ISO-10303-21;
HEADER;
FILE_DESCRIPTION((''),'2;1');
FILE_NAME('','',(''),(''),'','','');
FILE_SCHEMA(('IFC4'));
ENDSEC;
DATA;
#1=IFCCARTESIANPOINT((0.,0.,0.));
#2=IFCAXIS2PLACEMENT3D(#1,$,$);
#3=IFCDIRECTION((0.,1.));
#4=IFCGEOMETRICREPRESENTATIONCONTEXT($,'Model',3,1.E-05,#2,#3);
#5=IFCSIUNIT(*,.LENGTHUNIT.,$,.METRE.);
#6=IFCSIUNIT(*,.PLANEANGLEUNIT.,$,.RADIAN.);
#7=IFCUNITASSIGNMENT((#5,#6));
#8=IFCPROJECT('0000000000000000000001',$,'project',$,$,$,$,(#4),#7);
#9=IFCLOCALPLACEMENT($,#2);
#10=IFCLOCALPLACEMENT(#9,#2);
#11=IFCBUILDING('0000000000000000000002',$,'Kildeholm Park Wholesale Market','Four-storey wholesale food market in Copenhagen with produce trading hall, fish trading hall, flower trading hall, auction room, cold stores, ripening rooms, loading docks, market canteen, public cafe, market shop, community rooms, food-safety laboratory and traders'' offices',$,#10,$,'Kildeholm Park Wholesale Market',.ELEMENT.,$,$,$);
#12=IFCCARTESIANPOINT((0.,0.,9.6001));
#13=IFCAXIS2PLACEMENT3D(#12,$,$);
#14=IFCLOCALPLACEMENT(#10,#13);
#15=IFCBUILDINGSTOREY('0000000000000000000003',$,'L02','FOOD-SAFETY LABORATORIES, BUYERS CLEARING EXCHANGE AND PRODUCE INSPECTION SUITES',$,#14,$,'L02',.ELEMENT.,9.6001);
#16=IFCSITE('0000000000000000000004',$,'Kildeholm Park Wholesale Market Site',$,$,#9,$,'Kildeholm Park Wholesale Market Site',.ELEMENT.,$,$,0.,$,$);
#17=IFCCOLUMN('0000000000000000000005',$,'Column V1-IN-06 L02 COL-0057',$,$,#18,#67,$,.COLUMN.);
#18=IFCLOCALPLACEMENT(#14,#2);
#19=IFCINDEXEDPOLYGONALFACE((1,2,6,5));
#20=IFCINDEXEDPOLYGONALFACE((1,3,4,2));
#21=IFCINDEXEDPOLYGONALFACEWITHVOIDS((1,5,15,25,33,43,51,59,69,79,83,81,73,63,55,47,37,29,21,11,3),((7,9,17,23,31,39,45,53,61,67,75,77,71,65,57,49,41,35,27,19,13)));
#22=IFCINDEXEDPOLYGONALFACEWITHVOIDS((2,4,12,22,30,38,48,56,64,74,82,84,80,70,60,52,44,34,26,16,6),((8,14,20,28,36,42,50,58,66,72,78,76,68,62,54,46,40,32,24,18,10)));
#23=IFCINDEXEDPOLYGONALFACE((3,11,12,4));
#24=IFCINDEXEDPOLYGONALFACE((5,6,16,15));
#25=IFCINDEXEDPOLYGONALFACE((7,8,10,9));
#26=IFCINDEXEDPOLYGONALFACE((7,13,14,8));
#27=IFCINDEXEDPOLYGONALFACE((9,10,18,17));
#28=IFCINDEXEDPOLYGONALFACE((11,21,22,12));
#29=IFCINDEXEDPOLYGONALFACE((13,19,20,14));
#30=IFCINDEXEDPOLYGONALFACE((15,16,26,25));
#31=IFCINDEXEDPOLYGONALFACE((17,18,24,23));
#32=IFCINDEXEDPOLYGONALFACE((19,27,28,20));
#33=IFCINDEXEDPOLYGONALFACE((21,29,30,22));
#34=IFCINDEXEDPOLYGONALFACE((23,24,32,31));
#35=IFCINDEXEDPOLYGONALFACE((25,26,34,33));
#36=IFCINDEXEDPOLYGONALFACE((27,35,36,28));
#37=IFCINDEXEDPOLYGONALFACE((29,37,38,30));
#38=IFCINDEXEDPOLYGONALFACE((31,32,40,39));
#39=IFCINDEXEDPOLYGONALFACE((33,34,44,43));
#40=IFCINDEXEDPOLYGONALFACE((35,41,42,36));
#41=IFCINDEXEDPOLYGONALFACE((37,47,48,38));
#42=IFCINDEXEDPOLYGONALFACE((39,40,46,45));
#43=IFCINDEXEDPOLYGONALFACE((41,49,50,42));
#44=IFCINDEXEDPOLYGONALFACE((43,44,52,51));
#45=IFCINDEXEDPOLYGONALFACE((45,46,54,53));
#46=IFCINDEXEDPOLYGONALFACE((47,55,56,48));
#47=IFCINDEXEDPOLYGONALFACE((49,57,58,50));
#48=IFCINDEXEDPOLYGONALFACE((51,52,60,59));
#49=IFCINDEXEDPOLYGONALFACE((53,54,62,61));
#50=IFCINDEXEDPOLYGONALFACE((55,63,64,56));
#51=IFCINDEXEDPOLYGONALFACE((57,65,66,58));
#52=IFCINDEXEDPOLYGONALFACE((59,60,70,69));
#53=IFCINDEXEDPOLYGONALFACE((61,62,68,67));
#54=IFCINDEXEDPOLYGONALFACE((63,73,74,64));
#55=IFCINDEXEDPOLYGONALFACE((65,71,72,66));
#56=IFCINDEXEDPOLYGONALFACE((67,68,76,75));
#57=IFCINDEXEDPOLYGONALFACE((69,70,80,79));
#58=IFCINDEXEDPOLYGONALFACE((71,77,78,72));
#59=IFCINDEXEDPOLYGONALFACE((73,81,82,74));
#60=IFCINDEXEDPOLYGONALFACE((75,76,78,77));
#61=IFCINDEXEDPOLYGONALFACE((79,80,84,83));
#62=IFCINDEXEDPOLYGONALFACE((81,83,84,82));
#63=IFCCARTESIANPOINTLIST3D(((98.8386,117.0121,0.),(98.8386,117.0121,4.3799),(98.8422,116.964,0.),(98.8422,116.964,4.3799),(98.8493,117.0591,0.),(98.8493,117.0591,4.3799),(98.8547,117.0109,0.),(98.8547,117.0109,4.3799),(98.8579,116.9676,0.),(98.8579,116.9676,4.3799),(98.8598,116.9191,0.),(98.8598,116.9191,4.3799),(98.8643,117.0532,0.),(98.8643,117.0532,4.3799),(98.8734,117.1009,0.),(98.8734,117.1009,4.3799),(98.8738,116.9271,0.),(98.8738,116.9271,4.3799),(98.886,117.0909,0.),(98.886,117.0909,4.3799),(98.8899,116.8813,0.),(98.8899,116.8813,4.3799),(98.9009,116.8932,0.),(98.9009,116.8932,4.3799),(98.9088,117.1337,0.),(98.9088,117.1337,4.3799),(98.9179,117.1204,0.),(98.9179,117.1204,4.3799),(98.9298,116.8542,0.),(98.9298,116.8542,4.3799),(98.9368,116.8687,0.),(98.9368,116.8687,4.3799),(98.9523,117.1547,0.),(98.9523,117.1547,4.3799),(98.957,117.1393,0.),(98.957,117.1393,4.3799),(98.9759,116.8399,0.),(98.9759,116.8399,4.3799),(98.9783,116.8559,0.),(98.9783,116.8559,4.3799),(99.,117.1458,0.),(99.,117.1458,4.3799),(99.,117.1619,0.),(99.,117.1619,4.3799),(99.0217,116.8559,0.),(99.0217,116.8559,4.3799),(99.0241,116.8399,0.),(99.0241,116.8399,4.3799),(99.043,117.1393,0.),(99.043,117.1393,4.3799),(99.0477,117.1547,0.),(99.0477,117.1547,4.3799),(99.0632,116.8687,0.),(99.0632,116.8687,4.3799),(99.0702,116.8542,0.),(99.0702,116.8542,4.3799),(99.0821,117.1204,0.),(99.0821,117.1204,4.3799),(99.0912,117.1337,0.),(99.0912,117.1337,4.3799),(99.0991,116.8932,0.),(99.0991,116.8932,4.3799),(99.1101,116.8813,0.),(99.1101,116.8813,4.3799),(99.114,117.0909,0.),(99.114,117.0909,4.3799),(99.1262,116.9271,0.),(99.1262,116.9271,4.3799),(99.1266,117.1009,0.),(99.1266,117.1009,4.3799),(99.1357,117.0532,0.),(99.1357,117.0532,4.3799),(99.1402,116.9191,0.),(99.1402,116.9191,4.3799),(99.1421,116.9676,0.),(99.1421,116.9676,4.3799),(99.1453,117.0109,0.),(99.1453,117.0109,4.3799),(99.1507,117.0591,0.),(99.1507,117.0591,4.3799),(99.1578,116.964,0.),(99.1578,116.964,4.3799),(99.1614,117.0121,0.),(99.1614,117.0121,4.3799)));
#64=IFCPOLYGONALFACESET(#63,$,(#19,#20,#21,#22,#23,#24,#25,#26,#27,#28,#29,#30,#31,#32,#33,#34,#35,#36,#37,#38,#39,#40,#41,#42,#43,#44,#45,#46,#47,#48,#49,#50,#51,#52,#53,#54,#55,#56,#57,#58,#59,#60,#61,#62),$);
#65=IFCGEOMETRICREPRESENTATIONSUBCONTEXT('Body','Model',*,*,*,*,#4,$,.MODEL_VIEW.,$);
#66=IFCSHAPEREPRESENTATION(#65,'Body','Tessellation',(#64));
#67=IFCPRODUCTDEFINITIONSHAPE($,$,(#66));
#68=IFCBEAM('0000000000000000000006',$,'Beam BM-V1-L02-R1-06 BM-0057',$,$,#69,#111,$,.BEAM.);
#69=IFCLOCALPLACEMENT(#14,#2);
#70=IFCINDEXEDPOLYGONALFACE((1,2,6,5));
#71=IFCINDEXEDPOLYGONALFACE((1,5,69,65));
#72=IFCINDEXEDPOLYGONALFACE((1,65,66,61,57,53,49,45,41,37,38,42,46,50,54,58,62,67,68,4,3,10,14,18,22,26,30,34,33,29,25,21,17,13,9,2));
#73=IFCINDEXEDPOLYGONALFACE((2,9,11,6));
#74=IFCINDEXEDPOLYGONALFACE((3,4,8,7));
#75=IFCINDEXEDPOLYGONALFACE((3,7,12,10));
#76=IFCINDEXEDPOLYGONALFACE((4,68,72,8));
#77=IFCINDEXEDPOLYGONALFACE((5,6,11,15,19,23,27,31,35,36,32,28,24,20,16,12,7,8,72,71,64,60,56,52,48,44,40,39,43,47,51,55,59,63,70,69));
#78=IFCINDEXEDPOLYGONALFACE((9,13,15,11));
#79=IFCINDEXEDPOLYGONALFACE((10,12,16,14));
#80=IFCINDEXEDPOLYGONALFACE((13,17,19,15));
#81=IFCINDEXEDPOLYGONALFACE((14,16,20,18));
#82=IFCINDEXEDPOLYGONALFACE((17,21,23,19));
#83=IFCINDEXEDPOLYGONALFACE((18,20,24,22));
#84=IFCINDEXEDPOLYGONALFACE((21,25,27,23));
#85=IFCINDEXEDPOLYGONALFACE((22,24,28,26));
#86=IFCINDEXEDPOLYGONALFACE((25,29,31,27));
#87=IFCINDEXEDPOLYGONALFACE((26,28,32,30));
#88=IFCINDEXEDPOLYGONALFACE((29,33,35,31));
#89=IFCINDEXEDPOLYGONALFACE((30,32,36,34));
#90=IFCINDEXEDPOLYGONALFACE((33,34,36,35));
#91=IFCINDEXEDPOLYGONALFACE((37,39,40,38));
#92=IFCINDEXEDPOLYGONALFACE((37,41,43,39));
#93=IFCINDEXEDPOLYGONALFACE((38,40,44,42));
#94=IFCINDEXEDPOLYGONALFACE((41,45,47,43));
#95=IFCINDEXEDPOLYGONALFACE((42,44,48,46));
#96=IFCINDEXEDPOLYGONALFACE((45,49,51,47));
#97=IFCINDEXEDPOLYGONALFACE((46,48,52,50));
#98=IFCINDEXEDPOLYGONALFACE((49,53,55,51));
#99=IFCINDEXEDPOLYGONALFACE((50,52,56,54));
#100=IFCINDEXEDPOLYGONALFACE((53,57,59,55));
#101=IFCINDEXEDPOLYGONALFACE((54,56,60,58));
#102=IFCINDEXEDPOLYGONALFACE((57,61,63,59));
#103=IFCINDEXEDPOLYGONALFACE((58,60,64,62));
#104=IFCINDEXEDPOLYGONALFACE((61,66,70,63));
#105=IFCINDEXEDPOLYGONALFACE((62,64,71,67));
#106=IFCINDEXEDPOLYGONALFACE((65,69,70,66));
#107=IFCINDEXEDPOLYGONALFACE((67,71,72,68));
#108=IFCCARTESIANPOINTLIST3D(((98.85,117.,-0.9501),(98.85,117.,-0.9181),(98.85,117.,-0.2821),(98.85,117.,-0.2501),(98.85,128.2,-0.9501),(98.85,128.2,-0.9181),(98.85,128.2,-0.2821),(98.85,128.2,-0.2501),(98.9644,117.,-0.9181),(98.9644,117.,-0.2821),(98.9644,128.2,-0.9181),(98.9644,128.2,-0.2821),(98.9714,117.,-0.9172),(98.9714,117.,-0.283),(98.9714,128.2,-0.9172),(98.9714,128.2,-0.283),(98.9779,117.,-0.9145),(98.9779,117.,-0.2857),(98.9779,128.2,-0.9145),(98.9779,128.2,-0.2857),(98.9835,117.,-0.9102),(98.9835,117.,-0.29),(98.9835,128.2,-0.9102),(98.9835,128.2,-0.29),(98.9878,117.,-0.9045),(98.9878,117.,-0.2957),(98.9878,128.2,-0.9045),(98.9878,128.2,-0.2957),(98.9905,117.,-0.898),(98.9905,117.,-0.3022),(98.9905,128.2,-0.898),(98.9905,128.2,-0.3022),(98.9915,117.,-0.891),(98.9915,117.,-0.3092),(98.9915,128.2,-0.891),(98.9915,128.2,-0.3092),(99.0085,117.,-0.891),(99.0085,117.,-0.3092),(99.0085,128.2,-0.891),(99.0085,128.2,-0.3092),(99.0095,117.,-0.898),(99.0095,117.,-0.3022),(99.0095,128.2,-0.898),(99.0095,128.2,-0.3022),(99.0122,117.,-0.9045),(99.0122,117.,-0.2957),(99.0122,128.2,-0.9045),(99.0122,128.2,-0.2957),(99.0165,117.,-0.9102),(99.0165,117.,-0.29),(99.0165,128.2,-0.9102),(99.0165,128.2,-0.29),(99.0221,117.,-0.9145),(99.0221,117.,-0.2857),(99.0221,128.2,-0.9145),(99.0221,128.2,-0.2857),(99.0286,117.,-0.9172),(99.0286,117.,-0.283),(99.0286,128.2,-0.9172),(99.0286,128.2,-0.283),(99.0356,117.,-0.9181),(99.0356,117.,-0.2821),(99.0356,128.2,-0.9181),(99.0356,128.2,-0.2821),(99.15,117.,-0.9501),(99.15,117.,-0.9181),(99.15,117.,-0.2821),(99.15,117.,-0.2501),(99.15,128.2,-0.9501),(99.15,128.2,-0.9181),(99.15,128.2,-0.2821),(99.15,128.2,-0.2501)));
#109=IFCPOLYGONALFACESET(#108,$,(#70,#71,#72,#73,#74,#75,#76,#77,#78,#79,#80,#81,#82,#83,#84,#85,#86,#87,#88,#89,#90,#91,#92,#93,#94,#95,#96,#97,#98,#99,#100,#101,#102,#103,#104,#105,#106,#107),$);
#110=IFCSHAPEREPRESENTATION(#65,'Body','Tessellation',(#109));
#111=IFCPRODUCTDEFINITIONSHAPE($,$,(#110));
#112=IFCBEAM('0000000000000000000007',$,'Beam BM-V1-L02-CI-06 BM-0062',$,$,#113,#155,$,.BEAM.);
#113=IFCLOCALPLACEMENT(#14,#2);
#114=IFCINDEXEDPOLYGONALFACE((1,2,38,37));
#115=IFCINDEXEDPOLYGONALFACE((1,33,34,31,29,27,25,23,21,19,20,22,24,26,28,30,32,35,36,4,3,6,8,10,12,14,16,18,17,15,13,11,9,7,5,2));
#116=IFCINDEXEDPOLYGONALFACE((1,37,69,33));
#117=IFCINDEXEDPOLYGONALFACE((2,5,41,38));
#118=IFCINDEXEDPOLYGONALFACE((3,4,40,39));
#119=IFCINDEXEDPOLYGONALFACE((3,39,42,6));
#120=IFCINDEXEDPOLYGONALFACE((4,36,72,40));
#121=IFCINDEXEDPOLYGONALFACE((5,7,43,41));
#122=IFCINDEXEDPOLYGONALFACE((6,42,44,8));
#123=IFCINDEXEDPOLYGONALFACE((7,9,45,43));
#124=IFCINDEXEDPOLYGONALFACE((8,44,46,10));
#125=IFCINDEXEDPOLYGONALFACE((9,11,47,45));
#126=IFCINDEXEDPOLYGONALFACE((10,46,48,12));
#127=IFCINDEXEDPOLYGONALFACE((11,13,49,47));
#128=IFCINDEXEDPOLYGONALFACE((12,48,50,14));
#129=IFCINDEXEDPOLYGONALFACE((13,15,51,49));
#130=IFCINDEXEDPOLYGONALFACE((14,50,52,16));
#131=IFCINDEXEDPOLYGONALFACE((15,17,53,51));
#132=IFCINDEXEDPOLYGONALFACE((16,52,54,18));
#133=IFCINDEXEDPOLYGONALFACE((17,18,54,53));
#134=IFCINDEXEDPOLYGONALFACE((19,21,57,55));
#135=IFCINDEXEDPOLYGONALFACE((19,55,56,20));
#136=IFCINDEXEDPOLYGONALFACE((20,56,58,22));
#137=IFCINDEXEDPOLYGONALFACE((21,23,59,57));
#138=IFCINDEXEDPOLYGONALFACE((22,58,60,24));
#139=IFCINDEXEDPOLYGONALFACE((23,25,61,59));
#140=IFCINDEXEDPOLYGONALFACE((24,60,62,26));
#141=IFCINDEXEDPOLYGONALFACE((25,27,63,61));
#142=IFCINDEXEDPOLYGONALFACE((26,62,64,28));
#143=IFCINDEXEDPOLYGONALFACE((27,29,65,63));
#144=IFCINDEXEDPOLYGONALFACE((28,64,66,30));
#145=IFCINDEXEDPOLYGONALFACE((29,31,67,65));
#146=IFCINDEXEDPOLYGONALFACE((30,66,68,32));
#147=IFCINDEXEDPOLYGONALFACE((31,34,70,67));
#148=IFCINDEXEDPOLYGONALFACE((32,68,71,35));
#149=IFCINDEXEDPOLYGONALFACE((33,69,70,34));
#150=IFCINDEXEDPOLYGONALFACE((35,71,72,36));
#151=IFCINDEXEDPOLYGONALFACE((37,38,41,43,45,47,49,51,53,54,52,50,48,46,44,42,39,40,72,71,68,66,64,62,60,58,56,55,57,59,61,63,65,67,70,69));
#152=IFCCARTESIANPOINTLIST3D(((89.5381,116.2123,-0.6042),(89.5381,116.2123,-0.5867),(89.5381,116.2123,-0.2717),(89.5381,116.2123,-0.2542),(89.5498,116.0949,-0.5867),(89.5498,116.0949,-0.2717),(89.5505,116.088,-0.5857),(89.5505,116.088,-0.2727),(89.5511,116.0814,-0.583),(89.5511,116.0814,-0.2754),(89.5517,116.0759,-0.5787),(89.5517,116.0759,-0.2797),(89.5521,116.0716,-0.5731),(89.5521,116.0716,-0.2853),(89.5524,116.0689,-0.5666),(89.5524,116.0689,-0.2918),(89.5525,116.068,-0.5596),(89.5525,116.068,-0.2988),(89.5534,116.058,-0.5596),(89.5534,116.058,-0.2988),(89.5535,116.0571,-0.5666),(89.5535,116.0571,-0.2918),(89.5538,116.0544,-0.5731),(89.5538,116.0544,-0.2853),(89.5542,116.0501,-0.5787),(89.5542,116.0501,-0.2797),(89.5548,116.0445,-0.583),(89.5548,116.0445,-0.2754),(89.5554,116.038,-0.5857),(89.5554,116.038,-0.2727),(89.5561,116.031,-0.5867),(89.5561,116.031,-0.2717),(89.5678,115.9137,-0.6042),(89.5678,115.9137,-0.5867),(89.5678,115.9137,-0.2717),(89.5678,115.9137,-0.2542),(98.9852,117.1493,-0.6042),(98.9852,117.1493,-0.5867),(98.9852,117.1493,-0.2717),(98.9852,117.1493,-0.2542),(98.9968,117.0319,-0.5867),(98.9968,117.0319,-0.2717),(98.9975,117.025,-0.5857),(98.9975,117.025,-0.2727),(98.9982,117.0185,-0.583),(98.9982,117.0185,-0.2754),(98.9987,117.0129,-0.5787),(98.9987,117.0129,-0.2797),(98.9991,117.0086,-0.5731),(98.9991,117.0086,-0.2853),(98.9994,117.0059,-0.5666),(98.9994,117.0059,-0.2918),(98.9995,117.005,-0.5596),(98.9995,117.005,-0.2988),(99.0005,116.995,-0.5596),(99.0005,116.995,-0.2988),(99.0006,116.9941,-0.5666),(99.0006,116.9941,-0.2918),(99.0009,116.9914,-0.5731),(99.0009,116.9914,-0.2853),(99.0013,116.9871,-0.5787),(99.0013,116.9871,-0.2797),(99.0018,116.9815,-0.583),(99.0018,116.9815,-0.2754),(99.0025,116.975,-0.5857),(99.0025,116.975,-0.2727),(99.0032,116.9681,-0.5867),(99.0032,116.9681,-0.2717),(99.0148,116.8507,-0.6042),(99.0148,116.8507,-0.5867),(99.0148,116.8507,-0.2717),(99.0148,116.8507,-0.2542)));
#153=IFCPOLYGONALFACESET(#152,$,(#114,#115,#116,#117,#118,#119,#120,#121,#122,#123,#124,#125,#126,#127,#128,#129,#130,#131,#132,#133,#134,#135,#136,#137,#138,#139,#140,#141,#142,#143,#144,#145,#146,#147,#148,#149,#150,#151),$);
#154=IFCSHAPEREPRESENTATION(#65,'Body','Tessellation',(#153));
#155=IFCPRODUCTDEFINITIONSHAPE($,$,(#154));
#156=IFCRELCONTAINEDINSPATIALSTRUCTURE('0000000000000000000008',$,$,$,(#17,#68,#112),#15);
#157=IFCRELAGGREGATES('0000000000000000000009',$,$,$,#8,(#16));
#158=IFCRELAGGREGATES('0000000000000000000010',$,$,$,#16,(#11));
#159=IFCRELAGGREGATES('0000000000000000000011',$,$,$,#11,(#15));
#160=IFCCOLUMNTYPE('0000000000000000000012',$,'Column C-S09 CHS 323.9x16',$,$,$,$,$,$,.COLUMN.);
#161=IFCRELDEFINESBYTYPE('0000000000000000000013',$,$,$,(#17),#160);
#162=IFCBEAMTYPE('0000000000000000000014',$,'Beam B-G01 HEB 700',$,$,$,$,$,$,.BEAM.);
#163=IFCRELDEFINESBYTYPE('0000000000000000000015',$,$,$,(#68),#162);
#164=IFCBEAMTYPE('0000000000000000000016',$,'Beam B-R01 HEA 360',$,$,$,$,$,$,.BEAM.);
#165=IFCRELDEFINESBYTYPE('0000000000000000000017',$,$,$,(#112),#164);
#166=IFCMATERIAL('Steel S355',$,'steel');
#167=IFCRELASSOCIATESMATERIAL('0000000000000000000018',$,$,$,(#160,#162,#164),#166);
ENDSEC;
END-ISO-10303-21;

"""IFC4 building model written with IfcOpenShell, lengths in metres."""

from ifc_helpers import new_model, si_unit, direction, frame, origin, origin_2d, place, context, subcontext, project, spatial, hollow_circle, i_section, extrude, material, material_profile, profile_set, type_object, element, save


model = new_model("IFC4")

# Units and contexts
model_context = context("Model", 3, precision=1e-05, world=origin(), true_north=direction((0.0, 1.0)))
body_context = subcontext(model_context, "Body", "Model", "MODEL_VIEW")
ifc_project = project(units=[si_unit("LENGTHUNIT", "METRE"), si_unit("PLANEANGLEUNIT", "RADIAN")], contexts=[model_context])

# Site, building, storey
site_placement = place(None, origin())
site = spatial("IfcSite", under=ifc_project, at=site_placement, Name="Kildeholm Park Wholesale Market Site", LongName="Kildeholm Park Wholesale Market Site", CompositionType="ELEMENT", RefElevation=0.0)
building_placement = place(site_placement, origin())
building = spatial("IfcBuilding", under=site, at=building_placement, Name="Kildeholm Park Wholesale Market", Description="Four-storey wholesale food market in Copenhagen with produce trading hall, fish trading hall, flower trading hall, auction room, cold stores, ripening rooms, loading docks, market canteen, public cafe, market shop, community rooms, food-safety laboratory and traders' offices", LongName="Kildeholm Park Wholesale Market", CompositionType="ELEMENT")
storey_placement = place(building_placement, frame((0.0, 0.0, 9.6001)))
storey = spatial("IfcBuildingStorey", under=building, at=storey_placement, Name="L02", Description="FOOD-SAFETY LABORATORIES, BUYERS CLEARING EXCHANGE AND PRODUCE INSPECTION SUITES", LongName="L02", CompositionType="ELEMENT", Elevation=9.6001)

# Column
ifc_material_1 = material(Name="Steel S355", Category="steel")
ifc_material_profile_1 = material_profile(ifc_material_1, hollow_circle(Radius=0.1619, WallThickness=0.0161, at=origin_2d()), Name="CHS 323.9x16")
ifc_profile_set_1 = profile_set([ifc_material_profile_1], Name="Steel S355")
column_type = type_object("IfcColumnType", Name="Column C-S09 CHS 323.9x16", PredefinedType="COLUMN", material=ifc_profile_set_1)
column_placement = place(storey_placement, frame((99.0, 117.0, 0.0), z_axis=(0.0, 0.0, 1.0), x_axis=(0.0, 1.0, 0.0)))
element("IfcColumn", 1, at=column_placement, inside=storey, type_object=column_type, Name="Column V1-IN-06 L02 COL-0057", PredefinedType="COLUMN", context=body_context, shape_type="SweptSolid", body=[
    extrude(hollow_circle(Radius=0.1619, WallThickness=0.0161, at=origin_2d()), origin(), (0.0, 0.0, 1.0), 4.3799),
])

# Beams
ifc_material_profile_2 = material_profile(ifc_material_1, i_section(OverallWidth=0.3, OverallDepth=0.7, WebThickness=0.0171, FlangeThickness=0.032, FilletRadius=0.0271, at=origin_2d()), Name="HEB 700")
ifc_profile_set_2 = profile_set([ifc_material_profile_2], Name="Steel S355")
beam_type_1 = type_object("IfcBeamType", Name="Beam B-G01 HEB 700", PredefinedType="BEAM", material=ifc_profile_set_2)
beam_1_placement = place(storey_placement, frame((99.0, 117.0, -0.6001), z_axis=(0.0, 1.0, 0.0), x_axis=(-1.0, 0.0, 0.0)))
element("IfcBeam", 2, at=beam_1_placement, inside=storey, type_object=beam_type_1, Name="Beam BM-V1-L02-R1-06 BM-0057", PredefinedType="BEAM", context=body_context, shape_type="SweptSolid", body=[
    extrude(i_section(OverallWidth=0.3, OverallDepth=0.7, WebThickness=0.0171, FlangeThickness=0.032, FilletRadius=0.0271, at=origin_2d()), origin(), (0.0, 0.0, 1.0), 11.2),
])
ifc_material_profile_3 = material_profile(ifc_material_1, i_section(OverallWidth=0.3, OverallDepth=0.3501, WebThickness=0.01, FlangeThickness=0.0176, FilletRadius=0.0271, at=origin_2d()), Name="HEA 360")
ifc_profile_set_3 = profile_set([ifc_material_profile_3], Name="Steel S355")
beam_type_2 = type_object("IfcBeamType", Name="Beam B-R01 HEA 360", PredefinedType="BEAM", material=ifc_profile_set_3)
beam_2_placement = place(storey_placement, frame((99.0, 117.0, -0.4292), z_axis=(-0.995117, -0.098702, 0.0), x_axis=(0.098702, -0.995117, 0.0)))
element("IfcBeam", 3, at=beam_2_placement, inside=storey, type_object=beam_type_2, Name="Beam BM-V1-L02-CI-06 BM-0062", PredefinedType="BEAM", context=body_context, shape_type="SweptSolid", body=[
    extrude(i_section(OverallWidth=0.3, OverallDepth=0.3501, WebThickness=0.01, FlangeThickness=0.0176, FilletRadius=0.0271, at=origin_2d()), origin(), (0.0, 0.0, 1.0), 9.4934),
])

save(model, "model.ifc")
